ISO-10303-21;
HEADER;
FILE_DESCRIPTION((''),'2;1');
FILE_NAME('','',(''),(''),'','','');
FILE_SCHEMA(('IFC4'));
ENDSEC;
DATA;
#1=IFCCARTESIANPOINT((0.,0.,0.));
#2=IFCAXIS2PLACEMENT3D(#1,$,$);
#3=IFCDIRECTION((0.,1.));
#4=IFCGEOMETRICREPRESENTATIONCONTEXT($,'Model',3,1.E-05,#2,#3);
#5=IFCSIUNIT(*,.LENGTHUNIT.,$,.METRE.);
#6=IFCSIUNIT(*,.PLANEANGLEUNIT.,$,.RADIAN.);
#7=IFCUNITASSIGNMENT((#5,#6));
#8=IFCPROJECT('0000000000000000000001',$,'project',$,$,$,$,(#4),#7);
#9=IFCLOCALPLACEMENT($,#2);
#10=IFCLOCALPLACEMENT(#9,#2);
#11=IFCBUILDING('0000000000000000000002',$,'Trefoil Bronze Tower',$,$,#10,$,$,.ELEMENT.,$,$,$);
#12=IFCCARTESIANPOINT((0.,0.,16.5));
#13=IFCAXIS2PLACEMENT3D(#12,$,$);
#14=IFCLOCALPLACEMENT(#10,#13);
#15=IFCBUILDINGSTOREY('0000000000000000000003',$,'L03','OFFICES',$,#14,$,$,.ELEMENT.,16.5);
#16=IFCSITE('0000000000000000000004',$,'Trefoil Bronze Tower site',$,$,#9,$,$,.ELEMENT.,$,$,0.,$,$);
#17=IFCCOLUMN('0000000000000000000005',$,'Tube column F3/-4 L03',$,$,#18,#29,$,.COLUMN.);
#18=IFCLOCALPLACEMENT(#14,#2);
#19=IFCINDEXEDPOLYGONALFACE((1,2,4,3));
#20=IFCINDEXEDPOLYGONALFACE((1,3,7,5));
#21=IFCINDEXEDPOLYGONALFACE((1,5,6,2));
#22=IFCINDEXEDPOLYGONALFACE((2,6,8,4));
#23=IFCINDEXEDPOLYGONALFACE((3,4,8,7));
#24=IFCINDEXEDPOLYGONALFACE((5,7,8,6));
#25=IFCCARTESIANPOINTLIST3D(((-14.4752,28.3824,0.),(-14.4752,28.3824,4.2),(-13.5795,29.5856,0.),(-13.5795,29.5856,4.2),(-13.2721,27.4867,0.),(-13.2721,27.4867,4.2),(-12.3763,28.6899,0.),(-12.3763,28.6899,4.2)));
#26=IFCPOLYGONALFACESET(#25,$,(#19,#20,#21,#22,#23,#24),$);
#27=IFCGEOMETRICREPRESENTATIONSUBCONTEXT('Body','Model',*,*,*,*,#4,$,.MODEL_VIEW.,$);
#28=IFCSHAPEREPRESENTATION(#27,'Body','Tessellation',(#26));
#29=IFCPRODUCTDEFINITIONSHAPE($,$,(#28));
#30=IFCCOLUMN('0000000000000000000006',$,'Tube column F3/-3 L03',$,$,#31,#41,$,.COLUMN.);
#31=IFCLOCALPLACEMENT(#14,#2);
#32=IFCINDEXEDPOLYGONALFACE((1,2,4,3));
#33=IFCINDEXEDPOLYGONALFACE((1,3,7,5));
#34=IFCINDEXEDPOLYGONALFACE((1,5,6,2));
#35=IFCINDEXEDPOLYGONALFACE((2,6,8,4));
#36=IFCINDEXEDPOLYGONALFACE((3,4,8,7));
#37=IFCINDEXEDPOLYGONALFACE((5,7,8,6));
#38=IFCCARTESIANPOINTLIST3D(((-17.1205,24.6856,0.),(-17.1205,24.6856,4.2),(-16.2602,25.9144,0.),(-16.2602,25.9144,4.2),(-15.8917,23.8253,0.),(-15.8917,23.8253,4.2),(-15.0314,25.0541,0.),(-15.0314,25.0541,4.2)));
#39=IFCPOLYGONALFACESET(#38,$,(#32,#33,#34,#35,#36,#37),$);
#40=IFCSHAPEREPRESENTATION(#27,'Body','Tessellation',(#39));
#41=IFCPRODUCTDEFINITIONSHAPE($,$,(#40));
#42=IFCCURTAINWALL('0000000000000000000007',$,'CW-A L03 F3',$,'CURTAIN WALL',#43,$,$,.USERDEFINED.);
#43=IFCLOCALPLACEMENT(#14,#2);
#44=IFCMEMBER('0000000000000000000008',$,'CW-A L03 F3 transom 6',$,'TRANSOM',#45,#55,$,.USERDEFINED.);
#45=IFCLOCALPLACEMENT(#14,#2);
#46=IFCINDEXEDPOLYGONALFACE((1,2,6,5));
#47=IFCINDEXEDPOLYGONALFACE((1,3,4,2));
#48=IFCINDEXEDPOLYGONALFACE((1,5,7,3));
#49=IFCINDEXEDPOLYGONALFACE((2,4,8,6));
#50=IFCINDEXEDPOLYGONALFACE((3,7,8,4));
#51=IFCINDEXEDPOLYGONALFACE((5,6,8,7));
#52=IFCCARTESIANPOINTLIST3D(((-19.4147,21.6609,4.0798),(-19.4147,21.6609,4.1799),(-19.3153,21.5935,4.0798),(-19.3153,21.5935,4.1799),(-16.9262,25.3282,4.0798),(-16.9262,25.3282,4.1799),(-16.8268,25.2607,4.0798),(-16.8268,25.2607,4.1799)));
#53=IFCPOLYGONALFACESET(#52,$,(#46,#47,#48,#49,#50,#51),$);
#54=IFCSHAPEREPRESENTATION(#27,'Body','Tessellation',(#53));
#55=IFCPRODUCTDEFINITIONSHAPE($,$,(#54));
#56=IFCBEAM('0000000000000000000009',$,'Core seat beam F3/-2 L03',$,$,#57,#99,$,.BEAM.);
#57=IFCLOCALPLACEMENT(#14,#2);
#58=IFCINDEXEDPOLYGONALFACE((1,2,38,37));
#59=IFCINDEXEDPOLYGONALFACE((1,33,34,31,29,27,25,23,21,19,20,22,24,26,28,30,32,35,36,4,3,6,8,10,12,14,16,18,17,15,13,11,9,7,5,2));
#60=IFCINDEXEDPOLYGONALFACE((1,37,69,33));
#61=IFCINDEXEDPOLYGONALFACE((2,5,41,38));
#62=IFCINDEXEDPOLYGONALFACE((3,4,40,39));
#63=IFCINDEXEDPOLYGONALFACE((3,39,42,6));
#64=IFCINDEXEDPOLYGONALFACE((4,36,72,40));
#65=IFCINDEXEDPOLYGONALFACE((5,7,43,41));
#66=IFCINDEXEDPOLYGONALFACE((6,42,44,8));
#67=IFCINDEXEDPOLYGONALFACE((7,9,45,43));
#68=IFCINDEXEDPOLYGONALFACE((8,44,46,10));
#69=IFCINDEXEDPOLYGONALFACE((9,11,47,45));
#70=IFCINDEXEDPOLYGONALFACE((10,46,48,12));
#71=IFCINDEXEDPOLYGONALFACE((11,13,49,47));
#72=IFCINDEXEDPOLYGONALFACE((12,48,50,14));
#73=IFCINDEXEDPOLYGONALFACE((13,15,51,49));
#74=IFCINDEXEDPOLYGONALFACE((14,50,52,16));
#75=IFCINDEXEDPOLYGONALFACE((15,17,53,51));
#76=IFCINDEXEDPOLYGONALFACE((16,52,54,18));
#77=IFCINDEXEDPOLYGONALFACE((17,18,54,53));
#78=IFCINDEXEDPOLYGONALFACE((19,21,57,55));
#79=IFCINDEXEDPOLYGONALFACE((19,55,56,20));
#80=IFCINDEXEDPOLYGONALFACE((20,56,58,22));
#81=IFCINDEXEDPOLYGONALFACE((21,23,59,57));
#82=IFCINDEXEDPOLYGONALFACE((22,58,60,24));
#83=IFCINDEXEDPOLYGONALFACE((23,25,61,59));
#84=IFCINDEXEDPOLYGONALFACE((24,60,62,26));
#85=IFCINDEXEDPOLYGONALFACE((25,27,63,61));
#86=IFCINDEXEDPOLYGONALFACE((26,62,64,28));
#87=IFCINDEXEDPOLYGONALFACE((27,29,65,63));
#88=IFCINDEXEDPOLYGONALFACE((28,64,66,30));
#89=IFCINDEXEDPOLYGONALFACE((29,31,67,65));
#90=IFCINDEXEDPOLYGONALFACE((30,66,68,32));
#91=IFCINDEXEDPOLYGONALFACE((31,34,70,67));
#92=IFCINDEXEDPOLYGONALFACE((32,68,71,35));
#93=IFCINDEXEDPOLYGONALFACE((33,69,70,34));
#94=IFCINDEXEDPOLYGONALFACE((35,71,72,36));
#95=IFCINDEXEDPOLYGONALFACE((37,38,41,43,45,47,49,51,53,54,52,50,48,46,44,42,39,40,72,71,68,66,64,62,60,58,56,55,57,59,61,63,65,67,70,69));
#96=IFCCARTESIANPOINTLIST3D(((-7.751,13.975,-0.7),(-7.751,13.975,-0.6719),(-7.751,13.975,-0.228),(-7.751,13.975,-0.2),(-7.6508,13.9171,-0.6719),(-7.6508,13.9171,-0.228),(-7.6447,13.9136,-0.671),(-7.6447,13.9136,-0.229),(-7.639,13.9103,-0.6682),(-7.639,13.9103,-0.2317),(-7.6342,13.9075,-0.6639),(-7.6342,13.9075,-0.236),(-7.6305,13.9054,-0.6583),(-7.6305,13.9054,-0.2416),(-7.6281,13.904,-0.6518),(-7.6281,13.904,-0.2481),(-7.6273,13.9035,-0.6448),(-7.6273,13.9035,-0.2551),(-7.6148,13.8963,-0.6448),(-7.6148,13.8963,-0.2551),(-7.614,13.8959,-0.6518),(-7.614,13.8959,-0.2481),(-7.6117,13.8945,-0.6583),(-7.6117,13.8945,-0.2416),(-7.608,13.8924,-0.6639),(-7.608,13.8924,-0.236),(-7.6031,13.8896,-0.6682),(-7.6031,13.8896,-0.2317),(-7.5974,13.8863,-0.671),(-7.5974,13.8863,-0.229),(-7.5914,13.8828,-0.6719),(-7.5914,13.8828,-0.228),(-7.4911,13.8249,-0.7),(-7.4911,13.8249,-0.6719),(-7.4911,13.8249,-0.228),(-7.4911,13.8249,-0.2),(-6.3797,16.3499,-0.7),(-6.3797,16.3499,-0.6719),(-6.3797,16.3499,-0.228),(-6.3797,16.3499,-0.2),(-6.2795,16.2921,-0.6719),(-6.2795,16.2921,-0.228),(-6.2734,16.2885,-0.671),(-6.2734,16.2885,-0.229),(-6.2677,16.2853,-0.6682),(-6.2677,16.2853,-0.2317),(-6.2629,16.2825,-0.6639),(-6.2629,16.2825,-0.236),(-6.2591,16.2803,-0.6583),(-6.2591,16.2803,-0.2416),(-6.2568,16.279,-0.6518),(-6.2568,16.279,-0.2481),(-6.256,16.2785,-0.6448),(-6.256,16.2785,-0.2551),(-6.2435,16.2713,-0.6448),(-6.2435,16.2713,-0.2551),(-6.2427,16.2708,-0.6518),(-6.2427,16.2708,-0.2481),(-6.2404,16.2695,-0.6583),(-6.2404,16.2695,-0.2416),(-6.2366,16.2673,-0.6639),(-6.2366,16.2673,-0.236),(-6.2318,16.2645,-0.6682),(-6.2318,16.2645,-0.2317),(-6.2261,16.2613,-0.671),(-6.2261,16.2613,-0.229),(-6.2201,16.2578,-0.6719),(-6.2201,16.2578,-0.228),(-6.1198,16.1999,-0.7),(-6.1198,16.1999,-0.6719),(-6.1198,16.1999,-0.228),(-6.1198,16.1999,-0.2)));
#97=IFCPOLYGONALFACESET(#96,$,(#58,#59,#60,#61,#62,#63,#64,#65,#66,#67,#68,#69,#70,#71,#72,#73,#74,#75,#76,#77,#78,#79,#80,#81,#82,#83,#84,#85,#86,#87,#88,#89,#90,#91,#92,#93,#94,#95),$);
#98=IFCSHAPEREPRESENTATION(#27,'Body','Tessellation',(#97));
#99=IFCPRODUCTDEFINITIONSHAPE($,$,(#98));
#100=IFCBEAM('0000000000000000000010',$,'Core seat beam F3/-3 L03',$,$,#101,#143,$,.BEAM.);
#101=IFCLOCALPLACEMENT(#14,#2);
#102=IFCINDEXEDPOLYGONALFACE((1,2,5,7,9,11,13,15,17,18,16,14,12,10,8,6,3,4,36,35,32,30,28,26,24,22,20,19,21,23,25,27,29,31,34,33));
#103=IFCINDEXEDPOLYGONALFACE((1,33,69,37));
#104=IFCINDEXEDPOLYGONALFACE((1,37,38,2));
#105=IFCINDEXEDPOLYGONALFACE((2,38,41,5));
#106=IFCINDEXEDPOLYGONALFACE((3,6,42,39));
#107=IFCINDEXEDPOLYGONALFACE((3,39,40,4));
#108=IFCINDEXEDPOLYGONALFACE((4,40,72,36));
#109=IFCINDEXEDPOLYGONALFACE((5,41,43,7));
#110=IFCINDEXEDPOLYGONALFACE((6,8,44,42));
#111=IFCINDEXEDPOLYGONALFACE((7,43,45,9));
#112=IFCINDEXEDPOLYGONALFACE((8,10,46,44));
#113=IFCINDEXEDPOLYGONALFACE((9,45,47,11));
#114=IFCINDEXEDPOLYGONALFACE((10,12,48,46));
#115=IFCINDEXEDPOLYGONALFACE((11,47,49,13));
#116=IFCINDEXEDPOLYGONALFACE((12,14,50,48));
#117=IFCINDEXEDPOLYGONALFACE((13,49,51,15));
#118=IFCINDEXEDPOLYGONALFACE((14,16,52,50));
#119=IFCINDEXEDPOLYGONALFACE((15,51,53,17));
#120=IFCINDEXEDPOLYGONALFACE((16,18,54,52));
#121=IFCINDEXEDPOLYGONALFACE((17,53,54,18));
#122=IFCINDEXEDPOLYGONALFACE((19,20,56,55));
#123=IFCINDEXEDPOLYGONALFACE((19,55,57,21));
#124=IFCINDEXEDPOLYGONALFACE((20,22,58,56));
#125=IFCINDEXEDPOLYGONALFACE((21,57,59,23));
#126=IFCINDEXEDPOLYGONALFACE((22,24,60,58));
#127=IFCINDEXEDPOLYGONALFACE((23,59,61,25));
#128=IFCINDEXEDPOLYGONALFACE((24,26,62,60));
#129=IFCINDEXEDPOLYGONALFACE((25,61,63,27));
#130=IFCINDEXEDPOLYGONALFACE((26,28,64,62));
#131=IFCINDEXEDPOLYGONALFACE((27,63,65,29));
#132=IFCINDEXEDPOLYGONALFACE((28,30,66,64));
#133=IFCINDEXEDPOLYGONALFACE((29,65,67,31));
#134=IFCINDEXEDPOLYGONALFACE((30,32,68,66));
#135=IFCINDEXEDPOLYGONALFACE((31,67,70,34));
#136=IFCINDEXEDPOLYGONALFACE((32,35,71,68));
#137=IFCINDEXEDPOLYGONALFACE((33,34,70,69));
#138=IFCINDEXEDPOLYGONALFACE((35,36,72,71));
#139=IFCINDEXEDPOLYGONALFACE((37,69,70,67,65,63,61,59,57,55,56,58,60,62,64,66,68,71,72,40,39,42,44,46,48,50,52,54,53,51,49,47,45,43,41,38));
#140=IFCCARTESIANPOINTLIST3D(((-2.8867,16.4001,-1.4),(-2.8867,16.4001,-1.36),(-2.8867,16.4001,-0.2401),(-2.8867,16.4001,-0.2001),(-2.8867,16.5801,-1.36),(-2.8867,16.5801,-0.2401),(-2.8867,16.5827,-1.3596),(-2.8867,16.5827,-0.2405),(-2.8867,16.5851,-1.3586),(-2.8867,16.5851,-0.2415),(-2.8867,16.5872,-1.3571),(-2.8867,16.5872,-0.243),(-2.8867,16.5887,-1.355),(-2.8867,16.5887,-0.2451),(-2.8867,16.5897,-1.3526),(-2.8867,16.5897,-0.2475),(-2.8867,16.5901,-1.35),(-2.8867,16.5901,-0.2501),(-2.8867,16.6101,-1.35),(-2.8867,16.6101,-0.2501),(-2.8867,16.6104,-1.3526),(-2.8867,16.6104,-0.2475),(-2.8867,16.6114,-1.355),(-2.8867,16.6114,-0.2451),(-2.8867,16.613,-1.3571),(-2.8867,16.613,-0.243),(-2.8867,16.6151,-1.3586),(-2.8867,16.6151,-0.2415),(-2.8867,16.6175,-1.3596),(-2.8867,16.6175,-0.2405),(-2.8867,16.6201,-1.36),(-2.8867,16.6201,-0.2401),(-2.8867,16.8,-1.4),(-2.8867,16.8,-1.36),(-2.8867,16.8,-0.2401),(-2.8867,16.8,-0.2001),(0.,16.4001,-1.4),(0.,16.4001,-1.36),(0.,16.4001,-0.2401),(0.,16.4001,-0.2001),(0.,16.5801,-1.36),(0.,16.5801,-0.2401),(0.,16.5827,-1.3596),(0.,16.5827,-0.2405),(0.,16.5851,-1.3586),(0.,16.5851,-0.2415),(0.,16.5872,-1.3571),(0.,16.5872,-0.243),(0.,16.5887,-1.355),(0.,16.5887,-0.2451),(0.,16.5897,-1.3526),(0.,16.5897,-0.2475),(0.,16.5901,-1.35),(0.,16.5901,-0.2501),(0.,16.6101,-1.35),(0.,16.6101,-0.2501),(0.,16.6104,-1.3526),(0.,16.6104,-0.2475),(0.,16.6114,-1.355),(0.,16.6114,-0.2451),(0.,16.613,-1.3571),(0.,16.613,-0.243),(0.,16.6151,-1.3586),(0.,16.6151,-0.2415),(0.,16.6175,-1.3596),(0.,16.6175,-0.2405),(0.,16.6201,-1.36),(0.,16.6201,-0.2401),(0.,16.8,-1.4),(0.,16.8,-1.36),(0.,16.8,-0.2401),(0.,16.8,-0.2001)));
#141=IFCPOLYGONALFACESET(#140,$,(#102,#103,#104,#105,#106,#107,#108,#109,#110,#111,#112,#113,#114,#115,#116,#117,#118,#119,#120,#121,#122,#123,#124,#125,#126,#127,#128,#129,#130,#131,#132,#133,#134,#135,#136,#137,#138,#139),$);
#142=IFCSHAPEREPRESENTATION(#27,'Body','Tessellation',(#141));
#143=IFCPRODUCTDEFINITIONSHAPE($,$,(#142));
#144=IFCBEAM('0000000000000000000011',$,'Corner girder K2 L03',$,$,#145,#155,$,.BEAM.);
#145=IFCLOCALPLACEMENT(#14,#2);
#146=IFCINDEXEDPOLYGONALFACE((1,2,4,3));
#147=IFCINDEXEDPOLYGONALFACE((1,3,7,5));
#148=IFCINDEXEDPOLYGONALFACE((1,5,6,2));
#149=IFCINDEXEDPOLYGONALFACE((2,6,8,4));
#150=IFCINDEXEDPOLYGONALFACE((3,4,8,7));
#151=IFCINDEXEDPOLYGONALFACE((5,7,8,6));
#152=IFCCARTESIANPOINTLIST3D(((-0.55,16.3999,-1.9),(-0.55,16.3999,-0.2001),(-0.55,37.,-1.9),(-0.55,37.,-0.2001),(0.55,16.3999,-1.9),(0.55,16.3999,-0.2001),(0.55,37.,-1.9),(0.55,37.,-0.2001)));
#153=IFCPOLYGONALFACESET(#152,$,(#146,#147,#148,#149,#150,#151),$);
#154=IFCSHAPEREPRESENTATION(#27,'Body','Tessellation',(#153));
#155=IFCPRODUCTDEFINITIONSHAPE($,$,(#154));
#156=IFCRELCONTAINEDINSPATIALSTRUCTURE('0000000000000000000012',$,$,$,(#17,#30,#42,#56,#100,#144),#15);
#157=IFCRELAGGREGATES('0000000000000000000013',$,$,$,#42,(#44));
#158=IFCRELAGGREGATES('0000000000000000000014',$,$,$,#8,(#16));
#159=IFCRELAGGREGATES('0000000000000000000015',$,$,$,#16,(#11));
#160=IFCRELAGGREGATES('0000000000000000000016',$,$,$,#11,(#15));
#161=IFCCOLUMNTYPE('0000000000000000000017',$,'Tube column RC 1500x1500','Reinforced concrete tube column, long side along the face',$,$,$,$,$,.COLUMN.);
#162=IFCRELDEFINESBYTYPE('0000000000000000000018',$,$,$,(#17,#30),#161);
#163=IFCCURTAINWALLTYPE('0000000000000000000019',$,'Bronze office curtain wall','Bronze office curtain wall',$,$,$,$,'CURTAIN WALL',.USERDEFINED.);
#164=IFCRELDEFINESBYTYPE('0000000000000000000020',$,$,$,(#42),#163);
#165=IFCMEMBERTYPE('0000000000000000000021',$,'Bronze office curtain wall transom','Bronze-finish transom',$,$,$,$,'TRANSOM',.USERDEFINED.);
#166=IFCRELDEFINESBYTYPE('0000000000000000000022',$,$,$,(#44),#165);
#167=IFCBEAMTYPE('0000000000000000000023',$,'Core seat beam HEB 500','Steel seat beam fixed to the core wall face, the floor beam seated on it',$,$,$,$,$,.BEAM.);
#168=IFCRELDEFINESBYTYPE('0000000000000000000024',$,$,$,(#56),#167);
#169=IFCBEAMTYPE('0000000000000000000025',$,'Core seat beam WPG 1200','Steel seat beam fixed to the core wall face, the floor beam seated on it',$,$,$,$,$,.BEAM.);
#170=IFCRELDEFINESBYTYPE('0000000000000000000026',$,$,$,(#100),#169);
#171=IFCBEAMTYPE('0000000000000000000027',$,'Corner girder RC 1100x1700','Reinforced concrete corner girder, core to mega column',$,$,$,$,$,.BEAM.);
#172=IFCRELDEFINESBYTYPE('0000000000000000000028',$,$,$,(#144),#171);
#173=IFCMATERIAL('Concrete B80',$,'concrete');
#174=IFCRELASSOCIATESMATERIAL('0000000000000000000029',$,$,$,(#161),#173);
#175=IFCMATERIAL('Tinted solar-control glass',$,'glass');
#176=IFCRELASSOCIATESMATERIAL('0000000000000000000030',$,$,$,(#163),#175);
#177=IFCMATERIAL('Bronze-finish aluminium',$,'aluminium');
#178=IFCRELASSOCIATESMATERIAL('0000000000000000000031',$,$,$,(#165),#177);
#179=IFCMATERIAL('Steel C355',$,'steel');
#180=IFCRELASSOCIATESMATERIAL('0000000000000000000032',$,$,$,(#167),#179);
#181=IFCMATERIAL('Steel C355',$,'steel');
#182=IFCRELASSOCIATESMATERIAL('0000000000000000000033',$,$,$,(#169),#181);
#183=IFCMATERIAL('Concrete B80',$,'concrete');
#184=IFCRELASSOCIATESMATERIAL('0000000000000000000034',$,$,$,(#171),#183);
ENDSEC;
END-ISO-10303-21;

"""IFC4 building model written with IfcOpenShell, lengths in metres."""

from ifc_helpers import new_model, si_unit, direction, frame, origin, origin_2d, place, context, subcontext, project, spatial, rectangle, i_section, extrude, material, material_profile, profile_set, type_object, element, aggregate, save


model = new_model("IFC4")

# Units and contexts
model_context = context("Model", 3, precision=1e-05, world=origin(), true_north=direction((0.0, 1.0)))
body_context = subcontext(model_context, "Body", "Model", "MODEL_VIEW")
ifc_project = project(units=[si_unit("LENGTHUNIT", "METRE"), si_unit("PLANEANGLEUNIT", "RADIAN")], contexts=[model_context])

# Site, building, storey
site_placement = place(None, origin())
site = spatial("IfcSite", under=ifc_project, at=site_placement, Name="Trefoil Bronze Tower site", CompositionType="ELEMENT", RefElevation=0.0)
building_placement = place(site_placement, origin())
building = spatial("IfcBuilding", under=site, at=building_placement, Name="Trefoil Bronze Tower", CompositionType="ELEMENT")
storey_placement = place(building_placement, frame((0.0, 0.0, 16.5)))
storey = spatial("IfcBuildingStorey", under=building, at=storey_placement, Name="L03", Description="OFFICES", CompositionType="ELEMENT", Elevation=16.5)

# Columns
ifc_material_1 = material(Name="Concrete B80", Category="concrete")
ifc_material_profile_1 = material_profile(ifc_material_1, rectangle(XDim=1.5, YDim=1.5, at=origin_2d()), Name="RC 1500x1500")
ifc_profile_set_1 = profile_set([ifc_material_profile_1], Name="Concrete B80")
column_type = type_object("IfcColumnType", Name="Tube column RC 1500x1500", Description="Reinforced concrete tube column, long side along the face", PredefinedType="COLUMN", material=ifc_profile_set_1)
for number, where, z_axis, x_axis, name in (
    (1, (-13.4258, 28.5361, 0.0), (0.0, 0.0, 1.0), (-0.597154, -0.802127, 0.0), "Tube column F3/-4 L03"),
    (2, (-16.0759, 24.8699, 0.0), (0.0, 0.0, 1.0), (-0.573502, -0.819204, 0.0), "Tube column F3/-3 L03"),
):
    element("IfcColumn", number, at=place(storey_placement, frame(where, z_axis=z_axis, x_axis=x_axis)), inside=storey, type_object=column_type, Name=name, PredefinedType="COLUMN", context=body_context, shape_type="SweptSolid", body=[
        extrude(rectangle(XDim=1.5, YDim=1.5, at=origin_2d()), origin(), (0.0, 0.0, 1.0), 4.2),
    ])

# Curtain wall, member
ifc_material_2 = material(Name="Tinted solar-control glass", Category="glass")
curtain_wall_type = type_object("IfcCurtainWallType", Name="Bronze office curtain wall", Description="Bronze office curtain wall", ElementType="CURTAIN WALL", PredefinedType="USERDEFINED", material=ifc_material_2)
curtain_wall_placement = place(storey_placement, origin())
curtain_wall = element("IfcCurtainWall", 3, at=curtain_wall_placement, inside=storey, type_object=curtain_wall_type, Name="CW-A L03 F3", ObjectType="CURTAIN WALL", PredefinedType="USERDEFINED")
ifc_material_3 = material(Name="Bronze-finish aluminium", Category="aluminium")
ifc_material_profile_2 = material_profile(ifc_material_3, rectangle(XDim=0.1201, YDim=0.1001, at=origin_2d()), Name="CW-A transom")
ifc_profile_set_2 = profile_set([ifc_material_profile_2], Name="Bronze-finish aluminium")
member_type = type_object("IfcMemberType", Name="Bronze office curtain wall transom", Description="Bronze-finish transom", ElementType="TRANSOM", PredefinedType="USERDEFINED", material=ifc_profile_set_2)
member_placement = place(storey_placement, frame((-16.8765, 25.2944, 4.1299), z_axis=(-0.561508, -0.827471, 0.0), x_axis=(0.827471, -0.561508, 0.0)))
member = element("IfcMember", 4, at=member_placement, type_object=member_type, Name="CW-A L03 F3 transom 6", ObjectType="TRANSOM", PredefinedType="USERDEFINED", context=body_context, shape_type="SweptSolid", body=[
    extrude(rectangle(XDim=0.1201, YDim=0.1001, at=origin_2d()), origin(), (0.0, 0.0, 1.0), 4.4319),
])

# Beams
ifc_material_4 = material(Name="Steel C355", Category="steel")
ifc_material_profile_3 = material_profile(ifc_material_4, i_section(OverallWidth=0.3, OverallDepth=0.5, WebThickness=0.0144, FlangeThickness=0.0281, FilletRadius=0.0271, at=origin_2d()), Name="HEB 500")
ifc_profile_set_3 = profile_set([ifc_material_profile_3], Name="Steel C355")
beam_type_1 = type_object("IfcBeamType", Name="Core seat beam HEB 500", Description="Steel seat beam fixed to the core wall face, the floor beam seated on it", PredefinedType="BEAM", material=ifc_profile_set_3)
beam_1_placement = place(storey_placement, frame((-6.2498, 16.2749, -0.45), z_axis=(-0.500036, -0.866005, 0.0), x_axis=(0.866005, -0.500036, 0.0)))
element("IfcBeam", 5, at=beam_1_placement, inside=storey, type_object=beam_type_1, Name="Core seat beam F3/-2 L03", PredefinedType="BEAM", context=body_context, shape_type="SweptSolid", body=[
    extrude(i_section(OverallWidth=0.3, OverallDepth=0.5, WebThickness=0.0144, FlangeThickness=0.0281, FilletRadius=0.0271, at=origin_2d()), origin(), (0.0, 0.0, 1.0), 2.7424),
])
ifc_material_5 = material(Name="Steel C355", Category="steel")
ifc_material_profile_4 = material_profile(ifc_material_5, i_section(OverallWidth=0.3999, OverallDepth=1.2, WebThickness=0.02, FlangeThickness=0.04, FilletRadius=0.01, at=origin_2d()), Name="WPG 1200")
ifc_profile_set_4 = profile_set([ifc_material_profile_4], Name="Steel C355")
beam_type_2 = type_object("IfcBeamType", Name="Core seat beam WPG 1200", Description="Steel seat beam fixed to the core wall face, the floor beam seated on it", PredefinedType="BEAM", material=ifc_profile_set_4)
beam_2_placement = place(storey_placement, frame((0.0, 16.6001, -0.8), z_axis=(-1.0, 0.0, 0.0), x_axis=(0.0, -1.0, 0.0)))
element("IfcBeam", 6, at=beam_2_placement, inside=storey, type_object=beam_type_2, Name="Core seat beam F3/-3 L03", PredefinedType="BEAM", context=body_context, shape_type="SweptSolid", body=[
    extrude(i_section(OverallWidth=0.3999, OverallDepth=1.2, WebThickness=0.02, FlangeThickness=0.04, FilletRadius=0.01, at=origin_2d()), origin(), (0.0, 0.0, 1.0), 2.8867),
])
ifc_material_6 = material(Name="Concrete B80", Category="concrete")
ifc_material_profile_5 = material_profile(ifc_material_6, rectangle(XDim=1.1001, YDim=1.7, at=origin_2d()), Name="RC 1100x1700")
ifc_profile_set_5 = profile_set([ifc_material_profile_5], Name="Concrete B80")
beam_type_3 = type_object("IfcBeamType", Name="Corner girder RC 1100x1700", Description="Reinforced concrete corner girder, core to mega column", PredefinedType="BEAM", material=ifc_profile_set_5)
beam_3_placement = place(storey_placement, frame((0.0, 16.3999, -1.05), z_axis=(0.0, 1.0, 0.0), x_axis=(-1.0, 0.0, 0.0)))
element("IfcBeam", 7, at=beam_3_placement, inside=storey, type_object=beam_type_3, Name="Corner girder K2 L03", PredefinedType="BEAM", context=body_context, shape_type="SweptSolid", body=[
    extrude(rectangle(XDim=1.1001, YDim=1.7, at=origin_2d()), origin(), (0.0, 0.0, 1.0), 20.6001),
])

aggregate(curtain_wall, [member])

save(model, "model.ifc")
